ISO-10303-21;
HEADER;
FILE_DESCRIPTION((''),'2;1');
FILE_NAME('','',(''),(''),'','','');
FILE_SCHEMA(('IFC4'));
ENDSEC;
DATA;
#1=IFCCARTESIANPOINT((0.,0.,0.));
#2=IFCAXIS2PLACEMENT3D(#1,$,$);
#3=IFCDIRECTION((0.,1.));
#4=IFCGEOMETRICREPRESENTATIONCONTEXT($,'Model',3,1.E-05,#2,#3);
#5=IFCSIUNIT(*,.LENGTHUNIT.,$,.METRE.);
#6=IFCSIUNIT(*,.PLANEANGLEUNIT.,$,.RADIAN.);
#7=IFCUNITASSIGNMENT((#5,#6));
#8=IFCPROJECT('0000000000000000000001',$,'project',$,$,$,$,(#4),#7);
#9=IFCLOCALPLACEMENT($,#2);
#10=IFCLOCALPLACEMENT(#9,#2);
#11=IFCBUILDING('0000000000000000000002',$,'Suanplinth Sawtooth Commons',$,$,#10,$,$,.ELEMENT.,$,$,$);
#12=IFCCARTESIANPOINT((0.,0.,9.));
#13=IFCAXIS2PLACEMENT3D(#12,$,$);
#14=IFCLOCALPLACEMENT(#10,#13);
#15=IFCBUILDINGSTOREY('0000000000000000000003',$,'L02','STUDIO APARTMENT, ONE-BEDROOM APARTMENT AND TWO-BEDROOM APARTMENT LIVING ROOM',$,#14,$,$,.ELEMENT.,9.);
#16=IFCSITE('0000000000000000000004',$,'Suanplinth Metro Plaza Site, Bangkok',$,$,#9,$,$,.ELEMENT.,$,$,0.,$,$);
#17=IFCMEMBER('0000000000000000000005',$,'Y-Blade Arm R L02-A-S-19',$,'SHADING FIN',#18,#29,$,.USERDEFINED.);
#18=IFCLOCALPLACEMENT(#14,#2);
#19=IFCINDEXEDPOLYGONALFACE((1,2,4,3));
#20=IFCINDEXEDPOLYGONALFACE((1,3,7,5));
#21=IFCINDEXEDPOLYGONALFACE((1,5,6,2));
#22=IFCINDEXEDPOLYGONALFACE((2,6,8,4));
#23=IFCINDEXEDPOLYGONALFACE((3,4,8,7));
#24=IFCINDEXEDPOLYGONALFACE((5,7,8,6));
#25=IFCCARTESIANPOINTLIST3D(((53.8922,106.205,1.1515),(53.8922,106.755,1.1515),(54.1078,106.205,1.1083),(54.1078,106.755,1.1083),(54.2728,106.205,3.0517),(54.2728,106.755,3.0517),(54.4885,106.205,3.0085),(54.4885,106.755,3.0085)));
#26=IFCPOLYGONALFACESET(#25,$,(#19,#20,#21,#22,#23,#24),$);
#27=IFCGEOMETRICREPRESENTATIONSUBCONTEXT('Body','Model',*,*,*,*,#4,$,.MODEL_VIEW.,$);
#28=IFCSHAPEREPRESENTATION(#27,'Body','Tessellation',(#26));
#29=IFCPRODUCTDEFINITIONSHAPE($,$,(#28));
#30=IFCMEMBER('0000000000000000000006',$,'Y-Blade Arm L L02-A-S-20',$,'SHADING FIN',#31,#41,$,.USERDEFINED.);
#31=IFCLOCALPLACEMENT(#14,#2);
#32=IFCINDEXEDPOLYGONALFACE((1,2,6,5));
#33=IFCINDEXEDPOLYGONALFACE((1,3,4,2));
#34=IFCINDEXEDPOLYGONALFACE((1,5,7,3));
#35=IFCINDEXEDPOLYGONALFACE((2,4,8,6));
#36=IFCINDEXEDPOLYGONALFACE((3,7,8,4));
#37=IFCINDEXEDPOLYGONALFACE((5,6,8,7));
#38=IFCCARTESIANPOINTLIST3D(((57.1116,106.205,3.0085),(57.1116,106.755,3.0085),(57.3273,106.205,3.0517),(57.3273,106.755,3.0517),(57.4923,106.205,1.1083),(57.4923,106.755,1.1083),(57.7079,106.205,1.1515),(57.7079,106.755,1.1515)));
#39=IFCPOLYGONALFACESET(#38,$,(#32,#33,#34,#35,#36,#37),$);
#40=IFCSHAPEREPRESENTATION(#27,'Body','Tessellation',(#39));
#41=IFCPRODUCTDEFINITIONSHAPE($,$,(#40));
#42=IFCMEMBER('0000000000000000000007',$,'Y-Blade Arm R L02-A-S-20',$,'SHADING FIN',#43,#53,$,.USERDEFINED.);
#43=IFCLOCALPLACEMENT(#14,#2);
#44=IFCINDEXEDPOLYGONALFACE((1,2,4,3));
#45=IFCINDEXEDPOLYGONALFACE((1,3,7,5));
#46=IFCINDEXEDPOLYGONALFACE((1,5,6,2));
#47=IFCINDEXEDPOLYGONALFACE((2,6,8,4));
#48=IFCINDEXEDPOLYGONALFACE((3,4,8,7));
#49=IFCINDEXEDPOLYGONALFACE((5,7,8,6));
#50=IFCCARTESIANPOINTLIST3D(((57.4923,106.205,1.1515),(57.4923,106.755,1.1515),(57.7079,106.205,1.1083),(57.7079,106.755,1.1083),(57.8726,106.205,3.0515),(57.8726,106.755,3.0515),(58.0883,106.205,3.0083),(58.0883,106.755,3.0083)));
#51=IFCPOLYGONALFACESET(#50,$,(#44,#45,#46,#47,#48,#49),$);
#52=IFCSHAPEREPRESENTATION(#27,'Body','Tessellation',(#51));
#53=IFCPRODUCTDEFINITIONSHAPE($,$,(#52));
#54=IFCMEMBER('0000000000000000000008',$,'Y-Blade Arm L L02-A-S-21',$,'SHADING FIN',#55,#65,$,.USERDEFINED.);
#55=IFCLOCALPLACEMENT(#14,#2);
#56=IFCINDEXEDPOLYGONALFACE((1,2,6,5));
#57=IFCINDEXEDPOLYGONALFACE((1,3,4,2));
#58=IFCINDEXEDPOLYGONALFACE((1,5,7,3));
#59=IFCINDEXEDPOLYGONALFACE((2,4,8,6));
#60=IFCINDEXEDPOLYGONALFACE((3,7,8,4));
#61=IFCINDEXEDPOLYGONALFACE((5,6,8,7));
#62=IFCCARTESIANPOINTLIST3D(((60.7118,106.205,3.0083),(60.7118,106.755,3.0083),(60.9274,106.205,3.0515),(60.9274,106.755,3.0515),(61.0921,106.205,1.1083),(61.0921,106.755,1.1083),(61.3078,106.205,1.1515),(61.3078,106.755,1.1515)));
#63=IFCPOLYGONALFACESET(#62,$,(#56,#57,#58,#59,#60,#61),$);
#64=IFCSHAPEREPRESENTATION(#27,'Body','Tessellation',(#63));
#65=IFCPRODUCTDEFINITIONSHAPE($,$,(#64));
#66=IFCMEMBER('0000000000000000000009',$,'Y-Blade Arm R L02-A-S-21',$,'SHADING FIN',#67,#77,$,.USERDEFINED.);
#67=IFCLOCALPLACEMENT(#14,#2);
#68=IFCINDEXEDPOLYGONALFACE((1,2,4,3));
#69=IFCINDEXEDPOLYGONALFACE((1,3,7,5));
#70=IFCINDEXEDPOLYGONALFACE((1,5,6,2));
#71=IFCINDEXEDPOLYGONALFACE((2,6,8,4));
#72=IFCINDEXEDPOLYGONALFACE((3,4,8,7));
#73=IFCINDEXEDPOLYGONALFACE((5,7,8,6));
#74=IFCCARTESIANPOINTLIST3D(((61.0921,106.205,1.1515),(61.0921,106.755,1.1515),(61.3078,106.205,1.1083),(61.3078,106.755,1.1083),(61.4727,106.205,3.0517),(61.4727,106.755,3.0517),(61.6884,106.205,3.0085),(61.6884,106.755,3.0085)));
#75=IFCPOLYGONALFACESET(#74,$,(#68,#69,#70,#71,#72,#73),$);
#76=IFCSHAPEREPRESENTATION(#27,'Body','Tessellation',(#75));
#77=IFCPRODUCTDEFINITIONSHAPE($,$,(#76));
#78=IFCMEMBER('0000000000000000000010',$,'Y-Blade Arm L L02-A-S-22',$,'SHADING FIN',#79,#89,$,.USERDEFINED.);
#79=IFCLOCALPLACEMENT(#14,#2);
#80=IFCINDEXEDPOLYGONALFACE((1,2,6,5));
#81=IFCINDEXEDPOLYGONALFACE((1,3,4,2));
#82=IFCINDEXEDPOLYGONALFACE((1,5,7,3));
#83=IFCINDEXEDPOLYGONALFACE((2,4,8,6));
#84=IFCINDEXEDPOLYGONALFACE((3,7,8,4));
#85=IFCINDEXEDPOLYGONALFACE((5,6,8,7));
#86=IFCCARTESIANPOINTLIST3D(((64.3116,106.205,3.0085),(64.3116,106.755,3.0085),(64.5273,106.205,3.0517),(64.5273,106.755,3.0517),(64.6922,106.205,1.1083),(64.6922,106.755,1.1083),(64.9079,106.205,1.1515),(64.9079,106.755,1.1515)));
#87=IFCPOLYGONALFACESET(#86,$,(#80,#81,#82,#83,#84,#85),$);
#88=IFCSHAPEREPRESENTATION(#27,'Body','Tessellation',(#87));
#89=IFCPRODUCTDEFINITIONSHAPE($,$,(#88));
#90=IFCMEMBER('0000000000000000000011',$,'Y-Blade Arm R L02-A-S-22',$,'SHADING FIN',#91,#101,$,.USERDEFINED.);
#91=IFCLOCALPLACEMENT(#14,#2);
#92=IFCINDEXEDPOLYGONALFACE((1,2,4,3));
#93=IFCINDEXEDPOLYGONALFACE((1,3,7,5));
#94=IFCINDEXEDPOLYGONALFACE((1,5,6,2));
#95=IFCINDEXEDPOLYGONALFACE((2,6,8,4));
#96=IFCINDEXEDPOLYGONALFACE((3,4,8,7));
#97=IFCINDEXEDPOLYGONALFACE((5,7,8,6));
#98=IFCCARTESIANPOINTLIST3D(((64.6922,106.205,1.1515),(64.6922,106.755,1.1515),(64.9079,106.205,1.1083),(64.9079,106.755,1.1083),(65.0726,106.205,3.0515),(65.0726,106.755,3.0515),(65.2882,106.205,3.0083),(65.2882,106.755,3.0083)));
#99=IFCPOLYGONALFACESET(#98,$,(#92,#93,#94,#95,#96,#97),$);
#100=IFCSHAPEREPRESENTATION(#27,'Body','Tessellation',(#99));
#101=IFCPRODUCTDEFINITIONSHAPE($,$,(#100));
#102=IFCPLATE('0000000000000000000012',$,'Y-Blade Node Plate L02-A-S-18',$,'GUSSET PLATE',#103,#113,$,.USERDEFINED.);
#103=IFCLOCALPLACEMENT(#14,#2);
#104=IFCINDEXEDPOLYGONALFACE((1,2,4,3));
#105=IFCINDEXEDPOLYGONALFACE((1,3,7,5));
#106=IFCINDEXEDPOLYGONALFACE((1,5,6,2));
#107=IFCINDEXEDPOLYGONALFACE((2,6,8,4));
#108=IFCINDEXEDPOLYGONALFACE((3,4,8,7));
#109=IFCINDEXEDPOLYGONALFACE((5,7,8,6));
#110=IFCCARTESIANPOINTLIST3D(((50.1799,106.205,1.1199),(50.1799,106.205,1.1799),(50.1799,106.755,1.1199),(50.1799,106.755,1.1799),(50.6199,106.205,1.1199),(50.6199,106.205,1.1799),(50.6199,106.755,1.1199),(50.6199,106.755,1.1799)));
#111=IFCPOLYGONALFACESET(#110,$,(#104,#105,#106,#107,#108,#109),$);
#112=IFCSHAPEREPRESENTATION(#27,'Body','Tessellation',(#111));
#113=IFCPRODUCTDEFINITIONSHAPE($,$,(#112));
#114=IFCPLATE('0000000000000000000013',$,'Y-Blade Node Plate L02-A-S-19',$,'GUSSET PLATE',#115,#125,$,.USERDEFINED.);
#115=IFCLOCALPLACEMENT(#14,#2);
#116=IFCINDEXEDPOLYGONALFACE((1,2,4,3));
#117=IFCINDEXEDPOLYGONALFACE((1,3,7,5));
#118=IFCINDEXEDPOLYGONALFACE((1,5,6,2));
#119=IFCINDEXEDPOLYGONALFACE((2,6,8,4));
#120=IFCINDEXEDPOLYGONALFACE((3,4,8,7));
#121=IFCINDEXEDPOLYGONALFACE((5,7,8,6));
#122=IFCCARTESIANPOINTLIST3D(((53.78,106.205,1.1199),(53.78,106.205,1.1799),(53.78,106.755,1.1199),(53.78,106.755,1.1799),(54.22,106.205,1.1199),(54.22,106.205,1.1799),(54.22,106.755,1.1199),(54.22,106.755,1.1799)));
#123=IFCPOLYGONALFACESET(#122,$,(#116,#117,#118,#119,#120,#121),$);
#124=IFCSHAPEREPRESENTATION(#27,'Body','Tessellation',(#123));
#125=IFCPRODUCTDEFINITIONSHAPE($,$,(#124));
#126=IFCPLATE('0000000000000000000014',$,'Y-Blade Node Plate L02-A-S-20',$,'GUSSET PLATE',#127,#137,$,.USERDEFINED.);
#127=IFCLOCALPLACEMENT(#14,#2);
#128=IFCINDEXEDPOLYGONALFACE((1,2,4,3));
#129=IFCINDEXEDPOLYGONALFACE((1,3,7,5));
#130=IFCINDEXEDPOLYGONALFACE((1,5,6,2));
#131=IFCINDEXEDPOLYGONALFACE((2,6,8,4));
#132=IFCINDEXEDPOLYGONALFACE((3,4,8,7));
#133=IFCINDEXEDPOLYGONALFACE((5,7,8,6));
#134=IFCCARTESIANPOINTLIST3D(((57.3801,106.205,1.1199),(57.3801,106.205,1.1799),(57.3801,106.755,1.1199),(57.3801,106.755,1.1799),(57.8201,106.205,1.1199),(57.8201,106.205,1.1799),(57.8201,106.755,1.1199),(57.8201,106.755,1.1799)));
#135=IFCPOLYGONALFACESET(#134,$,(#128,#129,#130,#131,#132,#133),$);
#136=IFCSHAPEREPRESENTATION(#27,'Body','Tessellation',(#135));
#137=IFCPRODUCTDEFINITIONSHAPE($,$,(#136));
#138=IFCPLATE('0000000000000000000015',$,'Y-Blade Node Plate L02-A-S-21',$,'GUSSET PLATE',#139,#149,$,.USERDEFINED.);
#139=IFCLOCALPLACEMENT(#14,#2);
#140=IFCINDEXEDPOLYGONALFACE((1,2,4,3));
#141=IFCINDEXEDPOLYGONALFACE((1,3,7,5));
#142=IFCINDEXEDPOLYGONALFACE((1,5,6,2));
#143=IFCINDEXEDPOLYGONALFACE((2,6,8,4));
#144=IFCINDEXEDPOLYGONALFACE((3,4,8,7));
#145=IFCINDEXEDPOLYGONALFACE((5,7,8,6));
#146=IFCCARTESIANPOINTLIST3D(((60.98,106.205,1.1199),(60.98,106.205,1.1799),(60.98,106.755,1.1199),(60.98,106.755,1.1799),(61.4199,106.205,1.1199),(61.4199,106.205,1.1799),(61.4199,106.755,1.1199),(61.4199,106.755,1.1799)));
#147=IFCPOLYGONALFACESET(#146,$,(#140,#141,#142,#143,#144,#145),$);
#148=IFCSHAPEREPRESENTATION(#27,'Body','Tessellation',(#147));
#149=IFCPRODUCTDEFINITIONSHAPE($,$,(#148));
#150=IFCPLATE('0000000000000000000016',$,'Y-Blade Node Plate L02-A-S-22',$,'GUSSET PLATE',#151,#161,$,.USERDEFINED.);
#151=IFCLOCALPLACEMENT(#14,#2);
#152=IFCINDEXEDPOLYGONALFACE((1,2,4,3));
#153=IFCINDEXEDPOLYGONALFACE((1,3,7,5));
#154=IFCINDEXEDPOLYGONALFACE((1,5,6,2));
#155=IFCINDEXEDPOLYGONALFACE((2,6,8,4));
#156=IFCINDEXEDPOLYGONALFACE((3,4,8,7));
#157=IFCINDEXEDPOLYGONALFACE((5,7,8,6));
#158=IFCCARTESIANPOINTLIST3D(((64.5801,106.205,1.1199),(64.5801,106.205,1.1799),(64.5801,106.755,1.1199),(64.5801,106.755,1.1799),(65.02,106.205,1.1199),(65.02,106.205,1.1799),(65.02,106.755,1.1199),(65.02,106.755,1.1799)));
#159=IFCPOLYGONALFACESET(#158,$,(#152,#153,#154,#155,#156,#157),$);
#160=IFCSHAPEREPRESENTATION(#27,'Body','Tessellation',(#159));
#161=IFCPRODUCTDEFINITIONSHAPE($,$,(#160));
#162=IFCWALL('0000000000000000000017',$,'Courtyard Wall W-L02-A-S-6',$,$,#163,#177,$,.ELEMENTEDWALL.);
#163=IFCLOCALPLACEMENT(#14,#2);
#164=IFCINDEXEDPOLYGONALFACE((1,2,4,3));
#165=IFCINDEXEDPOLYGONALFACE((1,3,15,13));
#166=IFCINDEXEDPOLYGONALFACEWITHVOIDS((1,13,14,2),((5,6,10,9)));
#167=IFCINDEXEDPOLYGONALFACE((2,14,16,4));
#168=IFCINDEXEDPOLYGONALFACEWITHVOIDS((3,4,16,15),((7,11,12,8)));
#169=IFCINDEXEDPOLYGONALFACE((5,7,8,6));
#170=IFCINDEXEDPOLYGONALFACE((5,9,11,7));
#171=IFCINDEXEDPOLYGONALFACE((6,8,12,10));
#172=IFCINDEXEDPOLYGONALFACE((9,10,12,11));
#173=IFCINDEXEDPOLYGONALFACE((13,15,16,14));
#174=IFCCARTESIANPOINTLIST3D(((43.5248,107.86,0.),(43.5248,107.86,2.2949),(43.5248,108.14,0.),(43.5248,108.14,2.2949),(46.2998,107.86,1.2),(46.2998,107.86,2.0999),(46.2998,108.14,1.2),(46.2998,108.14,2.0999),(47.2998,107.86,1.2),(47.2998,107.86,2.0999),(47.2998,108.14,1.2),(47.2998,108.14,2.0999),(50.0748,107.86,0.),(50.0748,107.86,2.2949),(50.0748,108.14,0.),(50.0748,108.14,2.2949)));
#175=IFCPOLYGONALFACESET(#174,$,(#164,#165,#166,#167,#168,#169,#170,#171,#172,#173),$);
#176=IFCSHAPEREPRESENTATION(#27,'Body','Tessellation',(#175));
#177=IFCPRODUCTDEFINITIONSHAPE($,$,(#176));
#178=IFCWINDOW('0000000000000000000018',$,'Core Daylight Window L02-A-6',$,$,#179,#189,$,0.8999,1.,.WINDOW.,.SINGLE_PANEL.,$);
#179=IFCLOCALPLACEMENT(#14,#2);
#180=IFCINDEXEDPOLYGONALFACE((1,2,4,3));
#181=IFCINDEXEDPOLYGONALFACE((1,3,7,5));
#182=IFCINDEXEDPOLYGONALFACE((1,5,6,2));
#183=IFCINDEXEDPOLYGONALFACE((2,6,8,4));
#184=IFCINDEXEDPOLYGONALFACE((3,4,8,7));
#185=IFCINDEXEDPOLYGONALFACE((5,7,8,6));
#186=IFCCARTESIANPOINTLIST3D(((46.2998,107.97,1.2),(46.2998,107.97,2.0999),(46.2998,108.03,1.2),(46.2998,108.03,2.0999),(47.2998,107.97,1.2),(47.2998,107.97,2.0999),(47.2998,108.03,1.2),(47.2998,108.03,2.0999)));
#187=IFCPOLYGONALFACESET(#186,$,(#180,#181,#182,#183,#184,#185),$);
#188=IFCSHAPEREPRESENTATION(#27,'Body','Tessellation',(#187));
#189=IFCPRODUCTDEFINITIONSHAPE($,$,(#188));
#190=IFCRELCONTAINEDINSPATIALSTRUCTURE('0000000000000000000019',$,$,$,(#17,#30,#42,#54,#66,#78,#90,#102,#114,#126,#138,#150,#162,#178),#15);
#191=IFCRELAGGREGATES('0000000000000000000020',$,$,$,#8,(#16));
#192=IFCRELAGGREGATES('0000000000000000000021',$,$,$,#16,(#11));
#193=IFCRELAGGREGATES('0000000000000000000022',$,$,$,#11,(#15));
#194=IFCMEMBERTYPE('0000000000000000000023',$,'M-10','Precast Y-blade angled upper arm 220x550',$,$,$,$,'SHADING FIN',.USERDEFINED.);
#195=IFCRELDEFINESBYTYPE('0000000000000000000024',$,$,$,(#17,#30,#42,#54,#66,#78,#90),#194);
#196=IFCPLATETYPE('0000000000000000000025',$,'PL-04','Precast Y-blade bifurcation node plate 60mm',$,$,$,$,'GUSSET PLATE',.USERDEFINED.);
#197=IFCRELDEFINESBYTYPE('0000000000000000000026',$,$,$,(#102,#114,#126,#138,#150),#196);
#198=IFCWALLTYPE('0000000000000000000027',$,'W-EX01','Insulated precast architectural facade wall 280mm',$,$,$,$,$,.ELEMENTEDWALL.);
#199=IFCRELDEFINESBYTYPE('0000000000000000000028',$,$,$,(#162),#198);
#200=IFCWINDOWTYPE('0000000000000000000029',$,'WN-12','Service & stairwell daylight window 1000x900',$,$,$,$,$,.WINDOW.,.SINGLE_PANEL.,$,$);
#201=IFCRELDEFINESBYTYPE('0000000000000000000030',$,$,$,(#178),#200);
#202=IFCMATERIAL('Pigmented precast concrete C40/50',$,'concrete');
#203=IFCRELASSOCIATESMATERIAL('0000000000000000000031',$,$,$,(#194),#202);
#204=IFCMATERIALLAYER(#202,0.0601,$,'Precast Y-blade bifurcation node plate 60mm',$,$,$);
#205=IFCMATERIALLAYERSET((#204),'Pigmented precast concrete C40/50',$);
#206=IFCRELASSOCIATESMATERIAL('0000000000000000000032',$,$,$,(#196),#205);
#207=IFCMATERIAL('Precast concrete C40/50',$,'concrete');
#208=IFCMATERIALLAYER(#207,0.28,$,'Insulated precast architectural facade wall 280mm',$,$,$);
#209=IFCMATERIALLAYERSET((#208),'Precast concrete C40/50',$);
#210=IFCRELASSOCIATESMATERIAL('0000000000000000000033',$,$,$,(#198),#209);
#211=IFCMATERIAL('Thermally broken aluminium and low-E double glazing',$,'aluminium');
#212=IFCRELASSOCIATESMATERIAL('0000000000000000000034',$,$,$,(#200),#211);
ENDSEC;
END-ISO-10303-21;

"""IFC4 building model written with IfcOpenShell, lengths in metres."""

from ifc_helpers import new_model, si_unit, direction, frame, frame_2d, origin, origin_2d, place, context, subcontext, project, spatial, rectangle, extrude, material, layer, layer_set, material_profile, profile_set, type_object, element, fill, save


model = new_model("IFC4")

# Units and contexts
model_context = context("Model", 3, precision=1e-05, world=origin(), true_north=direction((0.0, 1.0)))
body_context = subcontext(model_context, "Body", "Model", "MODEL_VIEW")
ifc_project = project(units=[si_unit("LENGTHUNIT", "METRE"), si_unit("PLANEANGLEUNIT", "RADIAN")], contexts=[model_context])

# Site, building, storey
site_placement = place(None, origin())
site = spatial("IfcSite", under=ifc_project, at=site_placement, Name="Suanplinth Metro Plaza Site, Bangkok", CompositionType="ELEMENT", RefElevation=0.0)
building_placement = place(site_placement, origin())
building = spatial("IfcBuilding", under=site, at=building_placement, Name="Suanplinth Sawtooth Commons", CompositionType="ELEMENT")
storey_placement = place(building_placement, frame((0.0, 0.0, 9.0)))
storey = spatial("IfcBuildingStorey", under=building, at=storey_placement, Name="L02", Description="STUDIO APARTMENT, ONE-BEDROOM APARTMENT AND TWO-BEDROOM APARTMENT LIVING ROOM", CompositionType="ELEMENT", Elevation=9.0)

# Shared definitions
ifc_material_1 = material(Name="Precast concrete C40/50", Category="concrete")

# Members
ifc_material_2 = material(Name="Pigmented precast concrete C40/50", Category="concrete")
ifc_material_profile_1 = material_profile(ifc_material_2, rectangle(XDim=0.22, YDim=0.55, at=origin_2d()), Name="PC-FIN 220x550")
ifc_profile_set_1 = profile_set([ifc_material_profile_1], Name="Pigmented precast concrete C40/50")
member_type_1 = type_object("IfcMemberType", Name="M-10", Description="Precast Y-blade angled upper arm 220x550", ElementType="SHADING FIN", PredefinedType="USERDEFINED", material=ifc_profile_set_1)
for number, where, z_axis, x_axis, name in (
    (1, (54.0, 106.48, 1.1299), (0.196407, 0.0, 0.980522), (-0.980522, 0.0, 0.196407), "Y-Blade Arm R L02-A-S-19"),
    (2, (57.6001, 106.48, 1.1299), (-0.196407, 0.0, 0.980522), (0.980522, 0.0, 0.196407), "Y-Blade Arm L L02-A-S-20"),
):
    element("IfcMember", number, at=place(storey_placement, frame(where, z_axis=z_axis, x_axis=x_axis)), inside=storey, type_object=member_type_1, Name=name, ObjectType="SHADING FIN", PredefinedType="USERDEFINED", context=body_context, shape_type="SweptSolid", body=[
        extrude(rectangle(XDim=0.22, YDim=0.55, at=origin_2d()), origin(), (0.0, 0.0, 1.0), 1.938),
    ])
for number, where, z_axis, x_axis, name in (
    (3, (57.6001, 106.48, 1.1299), (0.196286, 0.0, 0.980547), (-0.980547, 0.0, 0.196286), "Y-Blade Arm R L02-A-S-20"),
    (4, (61.2, 106.48, 1.1299), (-0.196286, 0.0, 0.980547), (0.980547, 0.0, 0.196286), "Y-Blade Arm L L02-A-S-21"),
):
    element("IfcMember", number, at=place(storey_placement, frame(where, z_axis=z_axis, x_axis=x_axis)), inside=storey, type_object=member_type_1, Name=name, ObjectType="SHADING FIN", PredefinedType="USERDEFINED", context=body_context, shape_type="SweptSolid", body=[
        extrude(rectangle(XDim=0.22, YDim=0.55, at=origin_2d()), origin(), (0.0, 0.0, 1.0), 1.9377),
    ])
for number, where, z_axis, x_axis, name in (
    (5, (61.2, 106.48, 1.1299), (0.196407, 0.0, 0.980522), (-0.980522, 0.0, 0.196407), "Y-Blade Arm R L02-A-S-21"),
    (6, (64.8, 106.48, 1.1299), (-0.196407, 0.0, 0.980522), (0.980522, 0.0, 0.196407), "Y-Blade Arm L L02-A-S-22"),
):
    element("IfcMember", number, at=place(storey_placement, frame(where, z_axis=z_axis, x_axis=x_axis)), inside=storey, type_object=member_type_1, Name=name, ObjectType="SHADING FIN", PredefinedType="USERDEFINED", context=body_context, shape_type="SweptSolid", body=[
        extrude(rectangle(XDim=0.22, YDim=0.55, at=origin_2d()), origin(), (0.0, 0.0, 1.0), 1.938),
    ])
member_placement = place(storey_placement, frame((64.8, 106.48, 1.1299), z_axis=(0.196286, 0.0, 0.980547), x_axis=(-0.980547, 0.0, 0.196286)))
element("IfcMember", 7, at=member_placement, inside=storey, type_object=member_type_1, Name="Y-Blade Arm R L02-A-S-22", ObjectType="SHADING FIN", PredefinedType="USERDEFINED", context=body_context, shape_type="SweptSolid", body=[
    extrude(rectangle(XDim=0.22, YDim=0.55, at=origin_2d()), origin(), (0.0, 0.0, 1.0), 1.9377),
])

# Plates
ifc_layer_1 = layer(ifc_material_2, 0.0601, Name="Precast Y-blade bifurcation node plate 60mm")
ifc_layer_set_1 = layer_set([ifc_layer_1], Name="Pigmented precast concrete C40/50")
plate_type = type_object("IfcPlateType", Name="PL-04", Description="Precast Y-blade bifurcation node plate 60mm", ElementType="GUSSET PLATE", PredefinedType="USERDEFINED", material=ifc_layer_set_1)
for number, where, z_axis, x_axis, name in (
    (8, (50.3999, 106.48, 1.1199), (0.0, 0.0, 1.0), (1.0, 0.0, 0.0), "Y-Blade Node Plate L02-A-S-18"),
    (9, (54.0, 106.48, 1.1199), (0.0, 0.0, 1.0), (1.0, 0.0, 0.0), "Y-Blade Node Plate L02-A-S-19"),
    (10, (57.6001, 106.48, 1.1199), (0.0, 0.0, 1.0), (1.0, 0.0, 0.0), "Y-Blade Node Plate L02-A-S-20"),
    (11, (61.2, 106.48, 1.1199), (0.0, 0.0, 1.0), (1.0, 0.0, 0.0), "Y-Blade Node Plate L02-A-S-21"),
    (12, (64.8, 106.48, 1.1199), (0.0, 0.0, 1.0), (1.0, 0.0, 0.0), "Y-Blade Node Plate L02-A-S-22"),
):
    element("IfcPlate", number, at=place(storey_placement, frame(where, z_axis=z_axis, x_axis=x_axis)), inside=storey, type_object=plate_type, Name=name, ObjectType="GUSSET PLATE", PredefinedType="USERDEFINED", context=body_context, shape_type="SweptSolid", body=[
        extrude(rectangle(XDim=0.4399, YDim=0.55, at=origin_2d()), origin(), (0.0, 0.0, 1.0), 0.0601),
    ])

# Wall, opening, window
ifc_layer_2 = layer(ifc_material_1, 0.28, Name="Insulated precast architectural facade wall 280mm")
ifc_layer_set_2 = layer_set([ifc_layer_2], Name="Precast concrete C40/50")
wall_type = type_object("IfcWallType", Name="W-EX01", Description="Insulated precast architectural facade wall 280mm", PredefinedType="ELEMENTEDWALL", material=ifc_layer_set_2)
wall_1_placement = place(storey_placement, frame((43.5249, 108.0, 0.0), z_axis=(0.0, 0.0, 1.0), x_axis=(1.0, 0.0, 0.0)))
wall_1 = element("IfcWall", 13, at=wall_1_placement, inside=storey, type_object=wall_type, Name="Courtyard Wall W-L02-A-S-6", PredefinedType="ELEMENTEDWALL", context=body_context, shape_type="SweptSolid", body=[
    extrude(rectangle(XDim=6.55, YDim=0.28, at=frame_2d((3.2749, 0.0))), origin(), (0.0, 0.0, 1.0), 2.2949),
])
opening_1_placement = place(wall_1_placement, frame((2.7749, 0.0, 1.2)))
opening_1 = element("IfcOpeningElement", 14, at=opening_1_placement, cuts=wall_1, PredefinedType="OPENING", context=body_context, shape_type="SweptSolid", body=[
    extrude(rectangle(XDim=1.0, YDim=0.8999, at=frame_2d((0.5, 0.45))), frame((0.0, 0.1548, 0.0), z_axis=(0.0, -1.0, 0.0), x_axis=(1.0, 0.0, 0.0)), (0.0, 0.0, 1.0), 0.3098),
])
ifc_material_3 = material(Name="Thermally broken aluminium and low-E double glazing", Category="aluminium")
window_type = type_object("IfcWindowType", Name="WN-12", Description="Service & stairwell daylight window 1000x900", PartitioningType="SINGLE_PANEL", PredefinedType="WINDOW", material=ifc_material_3)
window_1_placement = place(opening_1_placement, origin())
window_1 = element("IfcWindow", 15, at=window_1_placement, inside=storey, type_object=window_type, Name="Core Daylight Window L02-A-6", OverallHeight=0.8999, OverallWidth=1.0, PartitioningType="SINGLE_PANEL", PredefinedType="WINDOW", context=body_context, shape_type="SweptSolid", body=[
    extrude(rectangle(XDim=1.0, YDim=0.8999, at=frame_2d((0.5, 0.45))), frame((0.0, 0.03, 0.0), z_axis=(0.0, -1.0, 0.0), x_axis=(1.0, 0.0, 0.0)), (0.0, 0.0, 1.0), 0.0601),
])
fill(opening_1, window_1)

save(model, "model.ifc")
